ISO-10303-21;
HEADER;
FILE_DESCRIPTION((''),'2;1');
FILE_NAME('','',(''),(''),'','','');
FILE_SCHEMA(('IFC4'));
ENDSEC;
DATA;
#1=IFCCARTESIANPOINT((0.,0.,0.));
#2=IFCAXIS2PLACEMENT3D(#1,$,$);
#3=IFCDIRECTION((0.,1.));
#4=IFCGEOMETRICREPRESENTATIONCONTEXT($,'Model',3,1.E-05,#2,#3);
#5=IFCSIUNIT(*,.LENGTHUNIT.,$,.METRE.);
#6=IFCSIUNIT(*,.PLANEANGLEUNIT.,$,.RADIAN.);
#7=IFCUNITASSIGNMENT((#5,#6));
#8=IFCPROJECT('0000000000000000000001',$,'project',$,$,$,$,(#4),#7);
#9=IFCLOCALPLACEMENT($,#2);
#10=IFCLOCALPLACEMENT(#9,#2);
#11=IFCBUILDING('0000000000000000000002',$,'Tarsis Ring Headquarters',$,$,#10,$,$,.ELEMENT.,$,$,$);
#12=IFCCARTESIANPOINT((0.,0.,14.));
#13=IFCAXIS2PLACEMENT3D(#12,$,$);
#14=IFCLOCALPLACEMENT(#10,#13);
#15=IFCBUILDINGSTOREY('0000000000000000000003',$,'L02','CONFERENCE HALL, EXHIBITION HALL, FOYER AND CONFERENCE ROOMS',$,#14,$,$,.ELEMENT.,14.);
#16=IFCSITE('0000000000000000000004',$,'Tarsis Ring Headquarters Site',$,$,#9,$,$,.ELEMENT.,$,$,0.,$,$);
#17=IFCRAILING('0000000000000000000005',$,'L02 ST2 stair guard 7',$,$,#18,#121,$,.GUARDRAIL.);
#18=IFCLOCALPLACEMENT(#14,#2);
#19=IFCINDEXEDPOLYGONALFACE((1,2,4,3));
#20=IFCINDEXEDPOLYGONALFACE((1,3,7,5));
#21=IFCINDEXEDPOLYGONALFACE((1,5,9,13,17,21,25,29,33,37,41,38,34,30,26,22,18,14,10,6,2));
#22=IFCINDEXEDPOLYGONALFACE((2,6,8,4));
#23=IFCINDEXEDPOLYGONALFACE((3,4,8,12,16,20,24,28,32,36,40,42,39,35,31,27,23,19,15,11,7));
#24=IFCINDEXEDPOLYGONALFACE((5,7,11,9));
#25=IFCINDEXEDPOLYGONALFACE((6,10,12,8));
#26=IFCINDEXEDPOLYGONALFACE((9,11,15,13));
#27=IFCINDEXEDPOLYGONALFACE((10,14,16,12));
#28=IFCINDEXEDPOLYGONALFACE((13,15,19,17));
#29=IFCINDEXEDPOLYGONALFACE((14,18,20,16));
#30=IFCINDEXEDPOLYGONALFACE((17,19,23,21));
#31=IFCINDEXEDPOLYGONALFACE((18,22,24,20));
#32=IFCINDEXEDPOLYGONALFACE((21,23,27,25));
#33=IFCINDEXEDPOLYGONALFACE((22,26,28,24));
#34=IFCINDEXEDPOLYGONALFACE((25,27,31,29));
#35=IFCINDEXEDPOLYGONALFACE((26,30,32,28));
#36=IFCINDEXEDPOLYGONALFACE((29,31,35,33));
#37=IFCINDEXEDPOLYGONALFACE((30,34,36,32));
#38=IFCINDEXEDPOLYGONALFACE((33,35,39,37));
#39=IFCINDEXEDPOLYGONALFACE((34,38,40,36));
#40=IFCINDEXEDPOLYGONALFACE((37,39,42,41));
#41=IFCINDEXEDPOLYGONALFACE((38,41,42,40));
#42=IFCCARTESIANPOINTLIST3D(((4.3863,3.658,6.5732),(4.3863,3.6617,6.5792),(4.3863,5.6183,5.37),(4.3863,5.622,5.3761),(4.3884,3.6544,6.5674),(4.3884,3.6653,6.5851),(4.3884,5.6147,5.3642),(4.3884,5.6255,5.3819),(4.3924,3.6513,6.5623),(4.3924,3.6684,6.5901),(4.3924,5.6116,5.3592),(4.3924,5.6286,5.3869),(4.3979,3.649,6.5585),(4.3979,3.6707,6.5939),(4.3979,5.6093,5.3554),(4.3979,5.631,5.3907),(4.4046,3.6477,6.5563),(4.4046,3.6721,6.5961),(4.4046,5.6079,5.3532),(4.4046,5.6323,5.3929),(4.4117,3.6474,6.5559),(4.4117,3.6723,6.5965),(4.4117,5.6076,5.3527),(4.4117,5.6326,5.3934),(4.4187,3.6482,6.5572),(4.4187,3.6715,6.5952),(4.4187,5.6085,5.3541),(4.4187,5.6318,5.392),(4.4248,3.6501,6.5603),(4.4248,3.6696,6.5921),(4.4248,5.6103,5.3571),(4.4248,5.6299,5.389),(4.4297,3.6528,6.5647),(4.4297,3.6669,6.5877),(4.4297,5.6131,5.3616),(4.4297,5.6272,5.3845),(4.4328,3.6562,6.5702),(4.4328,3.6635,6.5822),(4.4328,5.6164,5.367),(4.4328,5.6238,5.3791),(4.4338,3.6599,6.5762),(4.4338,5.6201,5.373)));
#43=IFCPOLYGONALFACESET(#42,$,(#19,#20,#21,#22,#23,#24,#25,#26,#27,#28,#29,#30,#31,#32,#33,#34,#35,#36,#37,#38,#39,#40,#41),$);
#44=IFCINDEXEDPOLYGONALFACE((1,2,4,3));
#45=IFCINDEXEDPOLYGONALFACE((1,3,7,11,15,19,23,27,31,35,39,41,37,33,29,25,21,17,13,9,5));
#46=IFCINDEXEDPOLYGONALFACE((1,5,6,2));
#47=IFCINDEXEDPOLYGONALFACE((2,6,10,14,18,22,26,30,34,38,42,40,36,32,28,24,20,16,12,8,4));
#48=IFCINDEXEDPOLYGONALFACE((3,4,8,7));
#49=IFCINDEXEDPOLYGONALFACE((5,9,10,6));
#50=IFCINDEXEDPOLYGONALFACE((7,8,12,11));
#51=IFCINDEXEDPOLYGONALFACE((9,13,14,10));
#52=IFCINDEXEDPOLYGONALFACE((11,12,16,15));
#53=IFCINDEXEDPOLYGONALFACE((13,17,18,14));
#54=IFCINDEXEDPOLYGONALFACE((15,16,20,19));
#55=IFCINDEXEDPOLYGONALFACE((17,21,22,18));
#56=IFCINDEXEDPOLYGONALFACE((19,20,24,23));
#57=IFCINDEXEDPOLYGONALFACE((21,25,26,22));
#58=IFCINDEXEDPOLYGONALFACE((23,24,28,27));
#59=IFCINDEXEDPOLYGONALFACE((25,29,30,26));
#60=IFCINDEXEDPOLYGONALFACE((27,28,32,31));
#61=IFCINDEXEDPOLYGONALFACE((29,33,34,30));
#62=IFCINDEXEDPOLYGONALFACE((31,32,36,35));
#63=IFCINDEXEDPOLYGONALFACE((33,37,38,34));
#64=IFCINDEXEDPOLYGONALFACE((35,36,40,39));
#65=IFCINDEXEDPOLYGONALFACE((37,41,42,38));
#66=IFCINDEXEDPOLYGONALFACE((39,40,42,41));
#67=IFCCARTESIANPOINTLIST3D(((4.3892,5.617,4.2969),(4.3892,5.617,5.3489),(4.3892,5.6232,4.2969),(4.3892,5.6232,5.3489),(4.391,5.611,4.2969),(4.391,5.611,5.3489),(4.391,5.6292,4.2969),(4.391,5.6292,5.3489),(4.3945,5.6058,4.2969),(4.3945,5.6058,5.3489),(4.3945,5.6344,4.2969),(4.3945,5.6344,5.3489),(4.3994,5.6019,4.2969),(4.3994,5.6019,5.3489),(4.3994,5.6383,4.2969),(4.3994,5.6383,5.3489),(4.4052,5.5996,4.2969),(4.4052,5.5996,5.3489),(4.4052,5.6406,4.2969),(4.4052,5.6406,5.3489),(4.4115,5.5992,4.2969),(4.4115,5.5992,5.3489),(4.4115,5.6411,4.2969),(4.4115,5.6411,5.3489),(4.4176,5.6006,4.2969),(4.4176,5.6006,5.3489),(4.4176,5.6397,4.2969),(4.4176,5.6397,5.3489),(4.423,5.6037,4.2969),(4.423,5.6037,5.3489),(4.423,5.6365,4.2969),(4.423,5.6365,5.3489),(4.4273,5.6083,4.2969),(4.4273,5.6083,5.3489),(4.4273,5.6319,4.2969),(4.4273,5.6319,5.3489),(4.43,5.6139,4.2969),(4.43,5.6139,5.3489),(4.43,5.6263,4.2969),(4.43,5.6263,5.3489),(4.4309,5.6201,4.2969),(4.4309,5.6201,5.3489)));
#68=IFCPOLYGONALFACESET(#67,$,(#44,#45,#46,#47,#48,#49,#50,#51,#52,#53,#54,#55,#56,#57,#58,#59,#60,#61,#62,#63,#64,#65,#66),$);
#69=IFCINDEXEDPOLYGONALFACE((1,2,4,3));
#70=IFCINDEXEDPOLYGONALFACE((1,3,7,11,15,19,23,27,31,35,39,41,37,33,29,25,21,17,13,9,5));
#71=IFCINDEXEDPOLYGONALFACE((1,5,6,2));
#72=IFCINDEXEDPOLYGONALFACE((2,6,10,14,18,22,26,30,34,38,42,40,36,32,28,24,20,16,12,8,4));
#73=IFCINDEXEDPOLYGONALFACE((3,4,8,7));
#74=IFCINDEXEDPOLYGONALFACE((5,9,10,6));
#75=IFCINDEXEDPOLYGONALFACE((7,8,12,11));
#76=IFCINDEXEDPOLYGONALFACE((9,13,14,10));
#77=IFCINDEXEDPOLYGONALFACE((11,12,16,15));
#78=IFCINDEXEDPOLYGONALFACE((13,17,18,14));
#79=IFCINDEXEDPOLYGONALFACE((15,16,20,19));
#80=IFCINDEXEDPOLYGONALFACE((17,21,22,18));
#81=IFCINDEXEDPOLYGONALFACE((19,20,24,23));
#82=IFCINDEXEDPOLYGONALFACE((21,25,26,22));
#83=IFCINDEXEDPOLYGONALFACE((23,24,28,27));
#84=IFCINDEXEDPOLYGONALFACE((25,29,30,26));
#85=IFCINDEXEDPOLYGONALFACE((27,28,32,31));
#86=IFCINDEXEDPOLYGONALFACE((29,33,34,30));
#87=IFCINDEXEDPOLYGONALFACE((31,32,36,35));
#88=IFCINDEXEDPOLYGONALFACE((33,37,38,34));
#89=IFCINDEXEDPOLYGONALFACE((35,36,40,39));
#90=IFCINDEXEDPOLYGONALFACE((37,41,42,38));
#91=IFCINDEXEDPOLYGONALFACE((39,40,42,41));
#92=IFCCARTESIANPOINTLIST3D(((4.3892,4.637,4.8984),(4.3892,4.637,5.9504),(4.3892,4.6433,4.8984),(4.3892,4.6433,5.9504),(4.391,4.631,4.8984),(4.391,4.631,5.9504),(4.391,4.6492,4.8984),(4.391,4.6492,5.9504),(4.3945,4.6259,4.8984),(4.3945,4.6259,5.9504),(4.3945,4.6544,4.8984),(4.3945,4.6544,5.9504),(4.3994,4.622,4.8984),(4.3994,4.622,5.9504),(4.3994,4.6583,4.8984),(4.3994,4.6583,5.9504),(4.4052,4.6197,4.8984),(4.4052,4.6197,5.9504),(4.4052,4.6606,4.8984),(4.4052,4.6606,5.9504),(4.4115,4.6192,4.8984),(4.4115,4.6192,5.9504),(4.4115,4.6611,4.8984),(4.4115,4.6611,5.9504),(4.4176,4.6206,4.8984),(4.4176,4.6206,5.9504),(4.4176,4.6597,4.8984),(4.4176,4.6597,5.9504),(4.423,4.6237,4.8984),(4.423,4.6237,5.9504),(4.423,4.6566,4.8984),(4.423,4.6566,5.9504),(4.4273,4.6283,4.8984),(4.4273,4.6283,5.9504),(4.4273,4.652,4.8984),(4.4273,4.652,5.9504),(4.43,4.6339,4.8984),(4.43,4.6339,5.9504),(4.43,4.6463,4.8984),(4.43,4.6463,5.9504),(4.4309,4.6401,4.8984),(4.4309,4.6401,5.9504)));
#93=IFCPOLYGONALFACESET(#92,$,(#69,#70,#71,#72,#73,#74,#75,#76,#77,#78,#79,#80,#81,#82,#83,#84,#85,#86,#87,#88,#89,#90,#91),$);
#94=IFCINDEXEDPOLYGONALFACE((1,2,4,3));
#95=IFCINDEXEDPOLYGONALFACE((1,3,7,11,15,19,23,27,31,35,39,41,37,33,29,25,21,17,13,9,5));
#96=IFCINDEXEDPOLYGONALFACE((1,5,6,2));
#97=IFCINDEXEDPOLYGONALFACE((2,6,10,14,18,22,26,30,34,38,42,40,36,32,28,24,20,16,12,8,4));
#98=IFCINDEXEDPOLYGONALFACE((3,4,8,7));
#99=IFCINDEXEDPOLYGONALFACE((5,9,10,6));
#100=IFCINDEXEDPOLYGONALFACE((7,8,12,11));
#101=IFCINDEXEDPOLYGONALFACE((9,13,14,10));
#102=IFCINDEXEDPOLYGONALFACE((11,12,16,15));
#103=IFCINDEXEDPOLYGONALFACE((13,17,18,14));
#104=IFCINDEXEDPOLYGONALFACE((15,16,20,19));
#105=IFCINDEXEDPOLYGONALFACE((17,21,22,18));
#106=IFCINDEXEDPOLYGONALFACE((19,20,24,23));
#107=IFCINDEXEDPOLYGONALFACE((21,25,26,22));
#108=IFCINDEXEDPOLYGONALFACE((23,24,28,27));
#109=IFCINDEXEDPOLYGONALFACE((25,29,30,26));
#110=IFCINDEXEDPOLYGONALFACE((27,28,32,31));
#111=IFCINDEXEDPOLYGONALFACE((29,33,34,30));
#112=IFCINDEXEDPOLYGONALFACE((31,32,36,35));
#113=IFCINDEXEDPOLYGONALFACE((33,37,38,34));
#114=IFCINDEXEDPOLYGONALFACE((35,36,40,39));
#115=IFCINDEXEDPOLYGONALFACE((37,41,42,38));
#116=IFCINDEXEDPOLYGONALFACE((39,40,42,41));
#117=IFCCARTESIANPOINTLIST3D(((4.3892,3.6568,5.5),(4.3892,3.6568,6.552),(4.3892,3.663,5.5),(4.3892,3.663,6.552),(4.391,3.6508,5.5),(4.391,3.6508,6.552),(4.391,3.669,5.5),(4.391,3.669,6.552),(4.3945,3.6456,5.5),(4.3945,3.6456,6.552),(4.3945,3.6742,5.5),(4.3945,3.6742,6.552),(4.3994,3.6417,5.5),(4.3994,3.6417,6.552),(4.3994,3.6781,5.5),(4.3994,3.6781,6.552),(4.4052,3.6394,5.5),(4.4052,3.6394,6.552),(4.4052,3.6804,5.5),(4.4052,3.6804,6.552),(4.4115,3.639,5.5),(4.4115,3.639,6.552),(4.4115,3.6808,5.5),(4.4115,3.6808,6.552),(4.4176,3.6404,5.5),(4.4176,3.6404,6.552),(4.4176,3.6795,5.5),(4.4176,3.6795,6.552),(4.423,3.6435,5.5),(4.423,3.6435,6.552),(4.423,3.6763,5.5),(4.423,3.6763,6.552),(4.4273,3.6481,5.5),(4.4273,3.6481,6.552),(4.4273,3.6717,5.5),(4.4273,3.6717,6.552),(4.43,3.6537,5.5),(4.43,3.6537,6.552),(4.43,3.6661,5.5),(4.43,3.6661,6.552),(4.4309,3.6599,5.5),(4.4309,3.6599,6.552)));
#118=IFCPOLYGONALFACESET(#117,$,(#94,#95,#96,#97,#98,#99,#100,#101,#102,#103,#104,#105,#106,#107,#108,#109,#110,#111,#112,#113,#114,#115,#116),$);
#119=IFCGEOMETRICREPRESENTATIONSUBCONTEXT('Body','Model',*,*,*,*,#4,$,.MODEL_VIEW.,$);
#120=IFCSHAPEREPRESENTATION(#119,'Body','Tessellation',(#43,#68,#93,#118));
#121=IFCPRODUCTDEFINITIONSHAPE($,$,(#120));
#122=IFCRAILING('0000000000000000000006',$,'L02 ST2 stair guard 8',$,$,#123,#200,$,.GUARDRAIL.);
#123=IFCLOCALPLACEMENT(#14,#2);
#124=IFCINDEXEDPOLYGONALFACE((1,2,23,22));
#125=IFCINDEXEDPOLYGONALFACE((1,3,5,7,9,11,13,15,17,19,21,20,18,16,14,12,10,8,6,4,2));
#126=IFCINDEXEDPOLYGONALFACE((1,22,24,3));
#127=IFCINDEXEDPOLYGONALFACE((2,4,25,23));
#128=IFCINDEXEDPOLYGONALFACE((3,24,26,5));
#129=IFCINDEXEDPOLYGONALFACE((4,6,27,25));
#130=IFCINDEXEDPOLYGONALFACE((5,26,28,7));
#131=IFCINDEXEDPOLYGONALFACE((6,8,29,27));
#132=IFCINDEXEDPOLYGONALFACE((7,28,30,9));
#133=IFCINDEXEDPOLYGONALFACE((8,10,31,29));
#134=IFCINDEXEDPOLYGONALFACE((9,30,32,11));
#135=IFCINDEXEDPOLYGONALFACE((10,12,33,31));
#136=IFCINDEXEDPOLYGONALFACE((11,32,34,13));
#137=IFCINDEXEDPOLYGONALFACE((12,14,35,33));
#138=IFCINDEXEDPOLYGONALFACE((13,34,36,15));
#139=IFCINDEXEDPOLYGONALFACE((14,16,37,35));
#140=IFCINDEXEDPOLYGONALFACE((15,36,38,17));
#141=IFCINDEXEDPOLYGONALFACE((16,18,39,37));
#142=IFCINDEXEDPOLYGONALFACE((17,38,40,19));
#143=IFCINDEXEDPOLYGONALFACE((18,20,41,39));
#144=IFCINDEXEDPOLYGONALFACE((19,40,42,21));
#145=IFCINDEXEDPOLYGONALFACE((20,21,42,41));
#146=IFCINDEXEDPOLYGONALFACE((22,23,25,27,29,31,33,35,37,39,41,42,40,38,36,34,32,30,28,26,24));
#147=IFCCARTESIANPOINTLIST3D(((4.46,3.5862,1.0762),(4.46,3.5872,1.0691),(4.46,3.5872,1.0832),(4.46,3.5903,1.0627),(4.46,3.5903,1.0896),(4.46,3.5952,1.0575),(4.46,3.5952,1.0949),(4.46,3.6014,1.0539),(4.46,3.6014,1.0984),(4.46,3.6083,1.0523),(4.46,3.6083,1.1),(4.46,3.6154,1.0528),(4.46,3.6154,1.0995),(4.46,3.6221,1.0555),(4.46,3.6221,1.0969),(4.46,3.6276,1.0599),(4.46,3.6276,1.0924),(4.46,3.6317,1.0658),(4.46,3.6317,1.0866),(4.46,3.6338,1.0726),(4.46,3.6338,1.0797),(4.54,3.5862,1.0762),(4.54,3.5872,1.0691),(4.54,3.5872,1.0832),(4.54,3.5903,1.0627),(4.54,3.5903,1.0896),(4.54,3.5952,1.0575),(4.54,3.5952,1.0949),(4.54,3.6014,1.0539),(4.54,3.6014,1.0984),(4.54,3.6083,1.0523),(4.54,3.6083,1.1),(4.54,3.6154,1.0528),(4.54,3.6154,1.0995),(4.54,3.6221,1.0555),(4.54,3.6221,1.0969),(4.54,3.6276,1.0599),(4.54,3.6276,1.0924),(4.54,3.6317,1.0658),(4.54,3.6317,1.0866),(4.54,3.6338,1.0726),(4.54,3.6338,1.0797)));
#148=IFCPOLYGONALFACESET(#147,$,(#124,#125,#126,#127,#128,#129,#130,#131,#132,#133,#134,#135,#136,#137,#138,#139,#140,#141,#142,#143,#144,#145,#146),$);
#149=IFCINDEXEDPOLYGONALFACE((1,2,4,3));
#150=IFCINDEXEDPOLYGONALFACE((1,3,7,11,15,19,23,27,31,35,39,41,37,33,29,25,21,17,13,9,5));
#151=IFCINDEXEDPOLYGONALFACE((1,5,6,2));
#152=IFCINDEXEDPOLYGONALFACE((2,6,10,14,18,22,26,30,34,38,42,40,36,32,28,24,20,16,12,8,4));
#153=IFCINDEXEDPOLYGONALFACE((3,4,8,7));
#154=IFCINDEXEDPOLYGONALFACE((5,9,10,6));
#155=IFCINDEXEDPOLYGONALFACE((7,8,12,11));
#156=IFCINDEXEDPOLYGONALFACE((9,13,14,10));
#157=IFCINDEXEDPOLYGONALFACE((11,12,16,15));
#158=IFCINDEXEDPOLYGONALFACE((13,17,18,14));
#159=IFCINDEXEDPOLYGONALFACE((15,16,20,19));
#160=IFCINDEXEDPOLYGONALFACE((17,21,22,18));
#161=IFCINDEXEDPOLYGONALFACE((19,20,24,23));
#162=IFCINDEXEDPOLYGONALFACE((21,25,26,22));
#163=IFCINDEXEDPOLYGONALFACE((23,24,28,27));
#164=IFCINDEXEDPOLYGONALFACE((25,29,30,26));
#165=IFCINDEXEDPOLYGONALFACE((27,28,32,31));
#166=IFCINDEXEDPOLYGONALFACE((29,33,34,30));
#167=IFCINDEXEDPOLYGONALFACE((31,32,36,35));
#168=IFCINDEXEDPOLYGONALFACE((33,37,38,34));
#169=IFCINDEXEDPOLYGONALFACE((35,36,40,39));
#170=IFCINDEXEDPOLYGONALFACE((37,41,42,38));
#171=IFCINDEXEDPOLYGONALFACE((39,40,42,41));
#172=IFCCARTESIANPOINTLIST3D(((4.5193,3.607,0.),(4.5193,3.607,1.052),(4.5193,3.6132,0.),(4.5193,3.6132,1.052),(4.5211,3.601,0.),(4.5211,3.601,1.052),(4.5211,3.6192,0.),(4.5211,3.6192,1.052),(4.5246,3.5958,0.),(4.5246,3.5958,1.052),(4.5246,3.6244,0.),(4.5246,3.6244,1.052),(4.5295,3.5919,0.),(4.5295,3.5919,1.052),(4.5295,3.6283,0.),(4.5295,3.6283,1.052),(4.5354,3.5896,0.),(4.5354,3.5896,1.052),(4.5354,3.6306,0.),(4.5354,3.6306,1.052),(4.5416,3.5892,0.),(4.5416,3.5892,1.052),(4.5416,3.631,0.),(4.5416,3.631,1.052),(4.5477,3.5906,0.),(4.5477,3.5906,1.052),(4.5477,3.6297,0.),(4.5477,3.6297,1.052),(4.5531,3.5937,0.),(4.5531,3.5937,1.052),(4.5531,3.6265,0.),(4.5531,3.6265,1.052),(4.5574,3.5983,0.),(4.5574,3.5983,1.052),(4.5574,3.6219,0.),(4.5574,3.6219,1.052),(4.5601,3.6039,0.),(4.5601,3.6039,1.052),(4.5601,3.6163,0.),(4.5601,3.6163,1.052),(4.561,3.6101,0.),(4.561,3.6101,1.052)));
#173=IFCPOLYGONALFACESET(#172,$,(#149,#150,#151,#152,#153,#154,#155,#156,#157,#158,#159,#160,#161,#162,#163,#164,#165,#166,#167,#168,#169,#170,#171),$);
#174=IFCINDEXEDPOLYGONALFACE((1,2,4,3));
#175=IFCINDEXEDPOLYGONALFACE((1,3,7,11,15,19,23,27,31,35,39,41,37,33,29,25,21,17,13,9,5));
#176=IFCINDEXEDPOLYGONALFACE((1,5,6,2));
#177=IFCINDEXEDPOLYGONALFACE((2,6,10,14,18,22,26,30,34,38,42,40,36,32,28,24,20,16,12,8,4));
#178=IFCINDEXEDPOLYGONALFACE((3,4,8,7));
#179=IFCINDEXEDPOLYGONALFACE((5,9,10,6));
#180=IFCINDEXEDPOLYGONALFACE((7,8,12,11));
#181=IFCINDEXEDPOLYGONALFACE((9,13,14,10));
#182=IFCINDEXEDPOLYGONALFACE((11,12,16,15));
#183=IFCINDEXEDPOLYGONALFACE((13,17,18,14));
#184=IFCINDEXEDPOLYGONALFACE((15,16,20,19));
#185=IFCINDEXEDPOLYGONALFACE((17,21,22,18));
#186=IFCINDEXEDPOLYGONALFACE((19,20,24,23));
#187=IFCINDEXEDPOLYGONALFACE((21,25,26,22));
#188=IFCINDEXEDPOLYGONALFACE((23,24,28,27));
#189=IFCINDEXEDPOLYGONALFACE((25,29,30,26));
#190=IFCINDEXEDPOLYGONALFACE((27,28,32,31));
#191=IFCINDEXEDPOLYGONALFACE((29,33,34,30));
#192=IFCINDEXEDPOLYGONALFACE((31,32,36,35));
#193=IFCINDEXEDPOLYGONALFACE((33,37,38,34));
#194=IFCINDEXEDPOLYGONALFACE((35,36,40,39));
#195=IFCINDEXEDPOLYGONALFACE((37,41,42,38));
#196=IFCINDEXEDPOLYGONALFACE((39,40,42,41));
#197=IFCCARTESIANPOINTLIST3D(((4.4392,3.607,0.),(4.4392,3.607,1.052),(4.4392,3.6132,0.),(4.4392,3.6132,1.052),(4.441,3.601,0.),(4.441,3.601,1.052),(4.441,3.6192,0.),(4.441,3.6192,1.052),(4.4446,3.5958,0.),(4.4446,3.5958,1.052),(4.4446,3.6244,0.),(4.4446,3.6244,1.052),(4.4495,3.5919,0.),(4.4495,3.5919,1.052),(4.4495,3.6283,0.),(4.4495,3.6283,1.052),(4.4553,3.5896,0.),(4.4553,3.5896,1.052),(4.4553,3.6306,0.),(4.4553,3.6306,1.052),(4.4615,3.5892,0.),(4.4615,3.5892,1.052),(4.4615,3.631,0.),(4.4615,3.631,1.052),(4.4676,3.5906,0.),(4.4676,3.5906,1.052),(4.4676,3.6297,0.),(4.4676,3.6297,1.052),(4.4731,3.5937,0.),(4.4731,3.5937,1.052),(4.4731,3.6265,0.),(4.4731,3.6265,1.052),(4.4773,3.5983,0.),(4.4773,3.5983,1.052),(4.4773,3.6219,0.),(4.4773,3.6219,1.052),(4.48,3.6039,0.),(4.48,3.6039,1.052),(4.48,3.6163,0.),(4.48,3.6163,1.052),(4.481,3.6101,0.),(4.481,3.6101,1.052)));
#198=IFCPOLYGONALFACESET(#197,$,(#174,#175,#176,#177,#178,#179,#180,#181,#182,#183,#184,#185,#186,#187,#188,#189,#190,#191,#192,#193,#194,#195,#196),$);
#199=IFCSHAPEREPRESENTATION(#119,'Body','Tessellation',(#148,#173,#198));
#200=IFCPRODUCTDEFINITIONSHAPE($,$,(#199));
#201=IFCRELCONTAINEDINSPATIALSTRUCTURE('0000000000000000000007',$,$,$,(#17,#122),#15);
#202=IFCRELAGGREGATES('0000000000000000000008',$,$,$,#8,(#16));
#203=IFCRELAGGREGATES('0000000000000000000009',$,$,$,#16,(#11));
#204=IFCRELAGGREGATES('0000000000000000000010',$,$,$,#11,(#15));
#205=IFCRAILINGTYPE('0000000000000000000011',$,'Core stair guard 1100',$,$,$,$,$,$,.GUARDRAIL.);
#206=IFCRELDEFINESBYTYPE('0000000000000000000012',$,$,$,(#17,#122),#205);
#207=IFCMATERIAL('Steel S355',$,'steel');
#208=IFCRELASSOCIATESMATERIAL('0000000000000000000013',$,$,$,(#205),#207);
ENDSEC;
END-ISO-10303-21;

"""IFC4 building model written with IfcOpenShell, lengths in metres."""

from ifc_helpers import new_model, si_unit, direction, frame, origin, origin_2d, place, context, subcontext, project, spatial, circle, extrude, material, type_object, element, save


model = new_model("IFC4")

# Units and contexts
model_context = context("Model", 3, precision=1e-05, world=origin(), true_north=direction((0.0, 1.0)))
body_context = subcontext(model_context, "Body", "Model", "MODEL_VIEW")
ifc_project = project(units=[si_unit("LENGTHUNIT", "METRE"), si_unit("PLANEANGLEUNIT", "RADIAN")], contexts=[model_context])

# Site, building, storey
site_placement = place(None, origin())
site = spatial("IfcSite", under=ifc_project, at=site_placement, Name="Tarsis Ring Headquarters Site", CompositionType="ELEMENT", RefElevation=0.0)
building_placement = place(site_placement, origin())
building = spatial("IfcBuilding", under=site, at=building_placement, Name="Tarsis Ring Headquarters", CompositionType="ELEMENT")
storey_placement = place(building_placement, frame((0.0, 0.0, 14.0)))
storey = spatial("IfcBuildingStorey", under=building, at=storey_placement, Name="L02", Description="CONFERENCE HALL, EXHIBITION HALL, FOYER AND CONFERENCE ROOMS", CompositionType="ELEMENT", Elevation=14.0)

# Railings
ifc_material_1 = material(Name="Steel S355", Category="steel")
railing_type_1 = type_object("IfcRailingType", Name="Core stair guard 1100", PredefinedType="GUARDRAIL", material=ifc_material_1)
railing_1_placement = place(storey_placement, frame((4.4099, 5.6201, 4.2969)))
element("IfcRailing", 1, at=railing_1_placement, inside=storey, type_object=railing_type_1, Name="L02 ST2 stair guard 7", PredefinedType="GUARDRAIL", context=body_context, shape_type="SweptSolid", body=[
    extrude(circle(Radius=0.0239, at=origin_2d()), frame((0.0, 0.0, 1.0762), z_axis=(0.0, -0.85227, 0.523102), x_axis=(1.0, 0.0, 0.0)), (0.0, 0.0, 1.0), 2.3),
    extrude(circle(Radius=0.021, at=origin_2d()), origin(), (0.0, 0.0, 1.0), 1.052),
    extrude(circle(Radius=0.021, at=origin_2d()), frame((0.0, -0.98, 0.6016)), (0.0, 0.0, 1.0), 1.052),
    extrude(circle(Radius=0.021, at=origin_2d()), frame((0.0, -1.9602, 1.2031)), (0.0, 0.0, 1.0), 1.052),
])
railing_2_placement = place(storey_placement, frame((4.54, 3.6101, 0.0)))
element("IfcRailing", 2, at=railing_2_placement, inside=storey, type_object=railing_type_1, Name="L02 ST2 stair guard 8", PredefinedType="GUARDRAIL", context=body_context, shape_type="SweptSolid", body=[
    extrude(circle(Radius=0.0239, at=origin_2d()), frame((0.0, 0.0, 1.0762), z_axis=(-1.0, 0.0, 0.0), x_axis=(0.0, -1.0, 0.0)), (0.0, 0.0, 1.0), 0.0801),
    extrude(circle(Radius=0.021, at=origin_2d()), origin(), (0.0, 0.0, 1.0), 1.052),
    extrude(circle(Radius=0.021, at=origin_2d()), frame((-0.0801, 0.0, 0.0)), (0.0, 0.0, 1.0), 1.052),
])

save(model, "model.ifc")
